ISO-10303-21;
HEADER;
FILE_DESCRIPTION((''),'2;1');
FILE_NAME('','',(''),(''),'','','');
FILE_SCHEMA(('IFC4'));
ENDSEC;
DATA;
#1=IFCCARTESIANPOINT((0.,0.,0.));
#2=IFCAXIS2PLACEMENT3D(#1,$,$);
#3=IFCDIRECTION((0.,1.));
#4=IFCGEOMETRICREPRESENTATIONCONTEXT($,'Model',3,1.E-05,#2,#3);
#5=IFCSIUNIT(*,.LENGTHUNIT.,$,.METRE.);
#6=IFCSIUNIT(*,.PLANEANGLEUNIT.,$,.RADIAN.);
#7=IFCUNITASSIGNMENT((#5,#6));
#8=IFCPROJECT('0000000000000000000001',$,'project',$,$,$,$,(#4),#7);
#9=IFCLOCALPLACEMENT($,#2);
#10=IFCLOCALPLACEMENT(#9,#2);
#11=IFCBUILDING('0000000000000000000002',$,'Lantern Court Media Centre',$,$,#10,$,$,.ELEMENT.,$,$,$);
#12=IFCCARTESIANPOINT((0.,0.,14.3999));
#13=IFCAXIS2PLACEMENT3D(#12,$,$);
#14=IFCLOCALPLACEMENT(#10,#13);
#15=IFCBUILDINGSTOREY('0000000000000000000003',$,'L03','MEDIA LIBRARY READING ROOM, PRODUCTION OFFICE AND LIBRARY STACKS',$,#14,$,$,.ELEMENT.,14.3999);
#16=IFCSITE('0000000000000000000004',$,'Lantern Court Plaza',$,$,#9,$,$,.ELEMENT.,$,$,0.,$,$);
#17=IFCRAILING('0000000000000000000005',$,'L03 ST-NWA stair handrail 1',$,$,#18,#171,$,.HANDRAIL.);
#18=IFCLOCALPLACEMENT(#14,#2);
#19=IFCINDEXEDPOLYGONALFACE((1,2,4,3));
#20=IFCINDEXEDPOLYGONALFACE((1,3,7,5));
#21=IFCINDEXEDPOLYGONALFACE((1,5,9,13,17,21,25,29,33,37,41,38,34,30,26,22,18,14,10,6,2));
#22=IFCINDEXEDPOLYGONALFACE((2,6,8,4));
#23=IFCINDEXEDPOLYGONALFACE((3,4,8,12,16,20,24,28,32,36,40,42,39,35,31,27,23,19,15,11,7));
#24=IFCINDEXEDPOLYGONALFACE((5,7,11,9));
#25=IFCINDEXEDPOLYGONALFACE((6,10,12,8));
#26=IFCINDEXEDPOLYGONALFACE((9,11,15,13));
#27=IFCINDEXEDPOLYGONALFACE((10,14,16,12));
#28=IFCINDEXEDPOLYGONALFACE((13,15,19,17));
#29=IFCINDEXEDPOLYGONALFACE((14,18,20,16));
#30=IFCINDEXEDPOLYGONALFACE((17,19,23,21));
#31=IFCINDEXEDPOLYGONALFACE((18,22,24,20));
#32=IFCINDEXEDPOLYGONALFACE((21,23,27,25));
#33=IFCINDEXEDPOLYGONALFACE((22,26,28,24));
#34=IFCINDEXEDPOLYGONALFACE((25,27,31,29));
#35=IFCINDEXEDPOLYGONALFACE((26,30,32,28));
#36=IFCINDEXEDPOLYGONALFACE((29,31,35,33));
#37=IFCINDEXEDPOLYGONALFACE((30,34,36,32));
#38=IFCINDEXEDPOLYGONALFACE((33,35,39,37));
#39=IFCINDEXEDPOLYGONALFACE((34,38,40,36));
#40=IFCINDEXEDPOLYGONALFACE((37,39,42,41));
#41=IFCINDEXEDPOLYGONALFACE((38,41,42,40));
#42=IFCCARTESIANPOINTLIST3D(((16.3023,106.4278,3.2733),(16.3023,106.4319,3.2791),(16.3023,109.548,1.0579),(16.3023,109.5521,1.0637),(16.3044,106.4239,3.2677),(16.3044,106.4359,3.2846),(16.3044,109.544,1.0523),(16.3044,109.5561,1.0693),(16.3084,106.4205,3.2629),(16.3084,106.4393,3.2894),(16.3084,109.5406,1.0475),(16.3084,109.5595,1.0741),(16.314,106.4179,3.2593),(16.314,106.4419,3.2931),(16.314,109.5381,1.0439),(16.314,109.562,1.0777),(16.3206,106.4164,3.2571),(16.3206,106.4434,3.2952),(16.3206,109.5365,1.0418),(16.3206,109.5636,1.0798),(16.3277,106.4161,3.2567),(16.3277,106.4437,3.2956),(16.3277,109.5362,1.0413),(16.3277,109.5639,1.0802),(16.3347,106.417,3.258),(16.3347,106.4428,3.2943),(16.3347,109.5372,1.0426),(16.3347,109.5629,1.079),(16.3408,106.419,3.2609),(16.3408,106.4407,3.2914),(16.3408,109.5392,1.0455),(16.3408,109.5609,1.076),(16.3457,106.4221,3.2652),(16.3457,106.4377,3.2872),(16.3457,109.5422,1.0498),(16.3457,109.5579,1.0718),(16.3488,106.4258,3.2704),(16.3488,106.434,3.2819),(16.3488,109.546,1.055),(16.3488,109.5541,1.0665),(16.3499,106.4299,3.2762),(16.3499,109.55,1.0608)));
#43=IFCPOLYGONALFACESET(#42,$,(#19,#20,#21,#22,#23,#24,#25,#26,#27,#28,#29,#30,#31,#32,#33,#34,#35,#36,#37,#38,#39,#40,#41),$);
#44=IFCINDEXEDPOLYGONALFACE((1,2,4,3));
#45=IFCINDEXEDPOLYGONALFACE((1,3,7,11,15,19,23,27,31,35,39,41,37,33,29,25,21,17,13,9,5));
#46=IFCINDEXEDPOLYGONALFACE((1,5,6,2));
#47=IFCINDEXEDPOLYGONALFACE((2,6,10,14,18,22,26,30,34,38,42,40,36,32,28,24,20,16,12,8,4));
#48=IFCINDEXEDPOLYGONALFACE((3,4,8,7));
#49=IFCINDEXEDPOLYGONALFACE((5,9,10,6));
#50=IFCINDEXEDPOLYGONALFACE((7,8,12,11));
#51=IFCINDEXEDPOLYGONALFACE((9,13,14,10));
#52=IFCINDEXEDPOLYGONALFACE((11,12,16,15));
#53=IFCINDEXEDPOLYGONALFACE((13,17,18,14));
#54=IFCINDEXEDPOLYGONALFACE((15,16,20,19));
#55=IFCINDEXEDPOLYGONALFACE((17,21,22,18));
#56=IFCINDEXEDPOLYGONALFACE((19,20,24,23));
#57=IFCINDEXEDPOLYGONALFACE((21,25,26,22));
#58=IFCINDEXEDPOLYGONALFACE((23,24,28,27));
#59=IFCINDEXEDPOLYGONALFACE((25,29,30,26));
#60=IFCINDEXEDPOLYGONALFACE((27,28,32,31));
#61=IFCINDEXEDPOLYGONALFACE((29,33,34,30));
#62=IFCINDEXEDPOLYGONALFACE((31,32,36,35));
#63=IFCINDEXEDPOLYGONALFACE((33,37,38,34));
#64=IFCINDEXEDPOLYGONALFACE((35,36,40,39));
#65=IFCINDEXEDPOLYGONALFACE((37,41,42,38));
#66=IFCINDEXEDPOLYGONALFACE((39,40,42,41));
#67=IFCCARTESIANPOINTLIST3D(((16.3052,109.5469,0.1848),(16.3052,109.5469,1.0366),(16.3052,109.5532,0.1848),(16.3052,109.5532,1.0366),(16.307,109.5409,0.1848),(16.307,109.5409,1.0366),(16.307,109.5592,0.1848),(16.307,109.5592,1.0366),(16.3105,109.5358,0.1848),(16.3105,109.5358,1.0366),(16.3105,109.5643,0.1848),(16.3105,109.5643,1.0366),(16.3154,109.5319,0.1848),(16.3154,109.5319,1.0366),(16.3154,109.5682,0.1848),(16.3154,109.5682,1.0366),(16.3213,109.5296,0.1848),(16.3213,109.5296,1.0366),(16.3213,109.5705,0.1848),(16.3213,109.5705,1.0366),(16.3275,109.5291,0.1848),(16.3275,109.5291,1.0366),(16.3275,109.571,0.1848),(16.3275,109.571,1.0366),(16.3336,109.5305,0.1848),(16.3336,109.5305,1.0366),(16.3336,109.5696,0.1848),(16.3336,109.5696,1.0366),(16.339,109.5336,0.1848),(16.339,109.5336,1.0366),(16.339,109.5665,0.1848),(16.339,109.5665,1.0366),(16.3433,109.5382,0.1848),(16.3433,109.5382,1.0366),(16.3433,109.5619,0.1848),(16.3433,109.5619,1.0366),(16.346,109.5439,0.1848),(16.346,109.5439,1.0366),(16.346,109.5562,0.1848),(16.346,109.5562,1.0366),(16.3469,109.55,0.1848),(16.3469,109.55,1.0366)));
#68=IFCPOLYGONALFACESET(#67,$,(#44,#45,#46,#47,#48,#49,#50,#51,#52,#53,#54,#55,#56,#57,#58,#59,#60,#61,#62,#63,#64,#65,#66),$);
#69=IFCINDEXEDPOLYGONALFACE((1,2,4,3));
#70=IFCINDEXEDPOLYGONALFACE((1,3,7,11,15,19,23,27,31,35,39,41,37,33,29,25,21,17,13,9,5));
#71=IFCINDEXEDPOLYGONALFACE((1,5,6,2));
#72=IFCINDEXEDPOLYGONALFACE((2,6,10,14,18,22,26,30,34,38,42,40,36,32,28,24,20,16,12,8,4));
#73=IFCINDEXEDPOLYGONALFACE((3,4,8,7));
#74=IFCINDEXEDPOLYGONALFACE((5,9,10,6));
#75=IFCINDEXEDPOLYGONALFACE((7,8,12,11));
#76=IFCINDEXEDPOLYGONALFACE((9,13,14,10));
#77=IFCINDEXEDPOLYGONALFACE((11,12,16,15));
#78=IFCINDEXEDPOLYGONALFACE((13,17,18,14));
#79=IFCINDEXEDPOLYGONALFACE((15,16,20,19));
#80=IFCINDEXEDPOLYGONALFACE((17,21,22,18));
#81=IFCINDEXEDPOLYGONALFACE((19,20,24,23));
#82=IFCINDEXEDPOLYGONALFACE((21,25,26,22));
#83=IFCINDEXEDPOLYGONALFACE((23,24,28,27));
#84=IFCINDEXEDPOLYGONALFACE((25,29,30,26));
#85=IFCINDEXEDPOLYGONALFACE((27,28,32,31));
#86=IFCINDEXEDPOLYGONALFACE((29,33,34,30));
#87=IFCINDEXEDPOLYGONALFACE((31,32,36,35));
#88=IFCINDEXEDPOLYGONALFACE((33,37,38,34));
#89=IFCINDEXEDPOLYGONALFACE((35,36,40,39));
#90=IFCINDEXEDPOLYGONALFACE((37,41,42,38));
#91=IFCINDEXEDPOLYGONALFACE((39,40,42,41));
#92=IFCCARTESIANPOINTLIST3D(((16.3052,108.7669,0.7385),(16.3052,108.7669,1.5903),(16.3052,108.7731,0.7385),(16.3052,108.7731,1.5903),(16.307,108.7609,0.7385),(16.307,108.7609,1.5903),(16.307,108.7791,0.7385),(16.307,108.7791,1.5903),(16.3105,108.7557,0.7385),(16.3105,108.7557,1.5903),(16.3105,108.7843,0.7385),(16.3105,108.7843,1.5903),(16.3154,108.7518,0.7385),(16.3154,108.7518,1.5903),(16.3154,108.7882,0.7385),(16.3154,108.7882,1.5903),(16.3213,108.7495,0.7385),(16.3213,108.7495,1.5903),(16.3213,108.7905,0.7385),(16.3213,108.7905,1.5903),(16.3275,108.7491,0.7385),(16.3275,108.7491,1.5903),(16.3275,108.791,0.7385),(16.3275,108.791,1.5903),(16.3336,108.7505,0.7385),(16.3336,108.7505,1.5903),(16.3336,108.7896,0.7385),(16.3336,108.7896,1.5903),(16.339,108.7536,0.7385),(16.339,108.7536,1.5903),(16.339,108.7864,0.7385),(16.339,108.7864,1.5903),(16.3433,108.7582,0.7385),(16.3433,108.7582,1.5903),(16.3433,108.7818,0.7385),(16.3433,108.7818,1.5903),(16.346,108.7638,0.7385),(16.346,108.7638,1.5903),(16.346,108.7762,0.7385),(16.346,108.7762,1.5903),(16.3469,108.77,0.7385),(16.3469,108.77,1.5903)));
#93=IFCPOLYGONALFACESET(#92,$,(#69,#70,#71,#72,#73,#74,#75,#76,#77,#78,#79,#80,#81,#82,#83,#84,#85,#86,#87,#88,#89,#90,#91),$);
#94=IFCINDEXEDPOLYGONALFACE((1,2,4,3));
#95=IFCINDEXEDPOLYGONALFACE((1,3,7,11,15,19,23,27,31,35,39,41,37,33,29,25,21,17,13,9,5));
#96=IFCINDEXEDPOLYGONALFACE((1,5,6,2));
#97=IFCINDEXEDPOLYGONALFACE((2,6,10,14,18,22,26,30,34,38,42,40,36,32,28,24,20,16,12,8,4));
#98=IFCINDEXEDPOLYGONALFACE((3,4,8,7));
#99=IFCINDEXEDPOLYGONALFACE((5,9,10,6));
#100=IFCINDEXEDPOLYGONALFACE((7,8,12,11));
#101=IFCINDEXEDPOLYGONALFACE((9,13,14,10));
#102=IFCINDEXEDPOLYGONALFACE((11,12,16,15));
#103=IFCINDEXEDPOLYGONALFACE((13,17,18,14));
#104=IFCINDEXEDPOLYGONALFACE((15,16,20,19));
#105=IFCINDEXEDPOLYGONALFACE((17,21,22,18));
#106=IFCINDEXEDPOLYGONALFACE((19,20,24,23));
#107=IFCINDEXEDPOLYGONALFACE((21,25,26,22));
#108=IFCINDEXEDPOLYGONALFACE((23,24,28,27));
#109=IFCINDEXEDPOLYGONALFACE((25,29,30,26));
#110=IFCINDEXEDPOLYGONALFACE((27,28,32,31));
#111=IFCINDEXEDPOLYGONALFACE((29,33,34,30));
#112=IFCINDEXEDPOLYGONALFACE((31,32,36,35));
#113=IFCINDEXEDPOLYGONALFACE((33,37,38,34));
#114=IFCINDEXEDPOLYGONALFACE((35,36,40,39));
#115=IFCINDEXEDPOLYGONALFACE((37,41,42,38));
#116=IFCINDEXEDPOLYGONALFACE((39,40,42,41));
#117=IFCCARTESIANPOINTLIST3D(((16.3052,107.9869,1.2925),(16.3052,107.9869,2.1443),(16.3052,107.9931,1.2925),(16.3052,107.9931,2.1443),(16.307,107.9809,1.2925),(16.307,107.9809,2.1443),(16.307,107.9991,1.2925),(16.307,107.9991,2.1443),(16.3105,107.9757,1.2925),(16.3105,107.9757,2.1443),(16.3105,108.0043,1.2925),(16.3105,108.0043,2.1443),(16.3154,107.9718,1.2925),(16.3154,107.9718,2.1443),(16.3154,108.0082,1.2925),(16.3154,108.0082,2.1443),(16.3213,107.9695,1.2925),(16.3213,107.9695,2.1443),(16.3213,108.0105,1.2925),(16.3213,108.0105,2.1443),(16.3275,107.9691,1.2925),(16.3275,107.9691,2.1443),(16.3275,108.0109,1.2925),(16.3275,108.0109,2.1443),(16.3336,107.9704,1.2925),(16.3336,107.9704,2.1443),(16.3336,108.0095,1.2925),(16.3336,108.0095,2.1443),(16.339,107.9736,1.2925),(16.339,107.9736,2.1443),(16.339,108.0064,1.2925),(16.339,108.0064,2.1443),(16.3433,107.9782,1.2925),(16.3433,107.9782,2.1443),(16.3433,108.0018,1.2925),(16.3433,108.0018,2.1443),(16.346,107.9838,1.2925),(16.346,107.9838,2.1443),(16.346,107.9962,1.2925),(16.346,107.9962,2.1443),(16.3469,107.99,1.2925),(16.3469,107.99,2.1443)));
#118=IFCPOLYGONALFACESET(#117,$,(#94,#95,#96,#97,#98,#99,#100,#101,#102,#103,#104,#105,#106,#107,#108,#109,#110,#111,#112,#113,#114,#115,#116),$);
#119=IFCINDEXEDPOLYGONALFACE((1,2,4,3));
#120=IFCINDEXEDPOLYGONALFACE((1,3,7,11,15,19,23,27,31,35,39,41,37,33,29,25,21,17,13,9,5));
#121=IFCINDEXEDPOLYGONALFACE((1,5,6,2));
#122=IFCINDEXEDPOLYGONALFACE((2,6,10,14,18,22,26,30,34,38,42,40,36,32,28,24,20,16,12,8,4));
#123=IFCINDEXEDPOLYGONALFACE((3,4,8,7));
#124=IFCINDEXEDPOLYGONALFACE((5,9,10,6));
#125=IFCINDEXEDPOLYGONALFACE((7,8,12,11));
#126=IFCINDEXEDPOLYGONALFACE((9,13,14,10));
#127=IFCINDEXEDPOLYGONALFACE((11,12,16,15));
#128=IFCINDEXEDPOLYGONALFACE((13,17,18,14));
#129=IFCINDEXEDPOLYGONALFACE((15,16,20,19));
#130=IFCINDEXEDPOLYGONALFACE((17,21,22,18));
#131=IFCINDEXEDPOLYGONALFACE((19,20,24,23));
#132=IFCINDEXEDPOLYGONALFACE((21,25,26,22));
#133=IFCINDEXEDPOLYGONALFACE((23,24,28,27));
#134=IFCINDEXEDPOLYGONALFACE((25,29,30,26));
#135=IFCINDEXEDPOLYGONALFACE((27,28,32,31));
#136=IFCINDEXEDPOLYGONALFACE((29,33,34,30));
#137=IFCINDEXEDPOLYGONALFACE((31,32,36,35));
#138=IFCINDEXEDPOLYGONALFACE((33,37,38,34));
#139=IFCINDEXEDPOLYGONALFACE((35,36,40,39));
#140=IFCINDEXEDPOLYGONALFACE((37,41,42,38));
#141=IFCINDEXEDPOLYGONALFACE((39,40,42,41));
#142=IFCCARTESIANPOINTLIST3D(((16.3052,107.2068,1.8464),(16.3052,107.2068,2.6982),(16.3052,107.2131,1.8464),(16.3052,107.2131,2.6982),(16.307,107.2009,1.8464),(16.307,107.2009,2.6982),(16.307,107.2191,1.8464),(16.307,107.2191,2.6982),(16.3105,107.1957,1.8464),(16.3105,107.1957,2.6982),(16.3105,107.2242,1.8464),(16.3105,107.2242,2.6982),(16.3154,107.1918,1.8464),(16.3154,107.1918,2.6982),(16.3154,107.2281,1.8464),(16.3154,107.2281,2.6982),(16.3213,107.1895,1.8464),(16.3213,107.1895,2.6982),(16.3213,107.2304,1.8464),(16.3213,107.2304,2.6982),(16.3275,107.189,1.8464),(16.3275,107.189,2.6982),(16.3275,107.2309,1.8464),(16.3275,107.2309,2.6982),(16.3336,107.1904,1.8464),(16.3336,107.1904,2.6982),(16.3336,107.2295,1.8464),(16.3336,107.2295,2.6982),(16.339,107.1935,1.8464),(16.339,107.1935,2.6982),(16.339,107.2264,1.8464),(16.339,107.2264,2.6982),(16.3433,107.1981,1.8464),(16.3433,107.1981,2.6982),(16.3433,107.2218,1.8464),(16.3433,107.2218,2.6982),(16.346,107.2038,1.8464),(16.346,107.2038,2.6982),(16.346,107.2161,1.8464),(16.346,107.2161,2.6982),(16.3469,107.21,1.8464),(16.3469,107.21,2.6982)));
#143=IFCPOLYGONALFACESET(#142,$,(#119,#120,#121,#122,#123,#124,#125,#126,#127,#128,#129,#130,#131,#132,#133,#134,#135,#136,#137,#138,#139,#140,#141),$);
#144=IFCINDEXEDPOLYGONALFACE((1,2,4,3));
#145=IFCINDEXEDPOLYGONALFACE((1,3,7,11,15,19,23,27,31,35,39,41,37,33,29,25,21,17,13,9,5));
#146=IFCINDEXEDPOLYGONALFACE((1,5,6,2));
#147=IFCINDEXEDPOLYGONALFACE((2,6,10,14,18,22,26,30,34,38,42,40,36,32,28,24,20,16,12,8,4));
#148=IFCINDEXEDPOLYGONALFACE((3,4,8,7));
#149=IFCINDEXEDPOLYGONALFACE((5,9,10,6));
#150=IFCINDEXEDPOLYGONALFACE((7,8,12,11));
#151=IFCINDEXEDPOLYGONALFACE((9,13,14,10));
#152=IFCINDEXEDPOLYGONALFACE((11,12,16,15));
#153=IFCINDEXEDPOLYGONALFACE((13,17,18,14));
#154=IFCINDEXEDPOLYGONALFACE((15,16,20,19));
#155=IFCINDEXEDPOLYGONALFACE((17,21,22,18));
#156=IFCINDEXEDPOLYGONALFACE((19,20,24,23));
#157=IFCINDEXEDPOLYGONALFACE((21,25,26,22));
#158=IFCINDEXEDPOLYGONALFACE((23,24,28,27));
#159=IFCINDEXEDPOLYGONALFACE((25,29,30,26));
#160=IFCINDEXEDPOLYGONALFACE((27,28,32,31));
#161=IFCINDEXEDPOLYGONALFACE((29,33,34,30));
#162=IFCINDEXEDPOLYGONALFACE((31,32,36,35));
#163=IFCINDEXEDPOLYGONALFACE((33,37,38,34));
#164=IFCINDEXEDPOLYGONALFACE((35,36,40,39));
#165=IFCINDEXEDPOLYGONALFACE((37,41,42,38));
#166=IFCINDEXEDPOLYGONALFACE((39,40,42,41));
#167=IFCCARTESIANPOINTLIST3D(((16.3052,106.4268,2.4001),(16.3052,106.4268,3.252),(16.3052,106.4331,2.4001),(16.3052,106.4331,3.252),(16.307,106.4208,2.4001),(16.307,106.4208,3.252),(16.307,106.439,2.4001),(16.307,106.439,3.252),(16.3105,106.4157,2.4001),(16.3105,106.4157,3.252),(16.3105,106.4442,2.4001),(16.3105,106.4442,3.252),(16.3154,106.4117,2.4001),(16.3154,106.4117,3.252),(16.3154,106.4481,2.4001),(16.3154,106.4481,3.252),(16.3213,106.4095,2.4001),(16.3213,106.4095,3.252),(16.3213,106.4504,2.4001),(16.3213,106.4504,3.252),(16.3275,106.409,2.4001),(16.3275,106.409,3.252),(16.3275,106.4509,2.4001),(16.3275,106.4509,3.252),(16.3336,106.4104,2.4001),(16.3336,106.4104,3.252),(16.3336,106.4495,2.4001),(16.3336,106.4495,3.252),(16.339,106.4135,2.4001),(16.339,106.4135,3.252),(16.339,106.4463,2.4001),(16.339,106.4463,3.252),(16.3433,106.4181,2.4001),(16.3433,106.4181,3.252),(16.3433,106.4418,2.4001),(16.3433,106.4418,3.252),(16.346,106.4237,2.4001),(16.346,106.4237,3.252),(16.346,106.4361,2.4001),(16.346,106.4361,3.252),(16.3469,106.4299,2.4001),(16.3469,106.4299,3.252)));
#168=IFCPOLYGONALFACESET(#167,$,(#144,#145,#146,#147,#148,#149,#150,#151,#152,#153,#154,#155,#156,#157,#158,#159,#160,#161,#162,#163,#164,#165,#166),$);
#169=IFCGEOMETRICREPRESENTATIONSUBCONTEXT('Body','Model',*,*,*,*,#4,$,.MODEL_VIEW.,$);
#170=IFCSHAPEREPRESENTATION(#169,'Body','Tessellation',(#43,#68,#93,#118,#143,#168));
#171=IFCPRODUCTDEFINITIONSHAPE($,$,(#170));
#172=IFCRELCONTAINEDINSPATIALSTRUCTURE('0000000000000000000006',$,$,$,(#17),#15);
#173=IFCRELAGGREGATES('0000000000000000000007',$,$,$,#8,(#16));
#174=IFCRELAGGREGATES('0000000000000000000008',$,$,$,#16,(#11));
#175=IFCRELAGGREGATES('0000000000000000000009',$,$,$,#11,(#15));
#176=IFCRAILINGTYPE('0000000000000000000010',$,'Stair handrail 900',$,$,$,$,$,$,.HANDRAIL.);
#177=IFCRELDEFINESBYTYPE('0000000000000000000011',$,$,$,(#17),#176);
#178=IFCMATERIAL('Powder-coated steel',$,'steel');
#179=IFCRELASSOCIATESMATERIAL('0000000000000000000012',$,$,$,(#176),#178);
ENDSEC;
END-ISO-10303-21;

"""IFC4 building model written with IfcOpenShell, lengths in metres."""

from ifc_helpers import new_model, si_unit, direction, frame, origin, origin_2d, place, context, subcontext, project, spatial, circle, extrude, material, type_object, element, save


model = new_model("IFC4")

# Units and contexts
model_context = context("Model", 3, precision=1e-05, world=origin(), true_north=direction((0.0, 1.0)))
body_context = subcontext(model_context, "Body", "Model", "MODEL_VIEW")
ifc_project = project(units=[si_unit("LENGTHUNIT", "METRE"), si_unit("PLANEANGLEUNIT", "RADIAN")], contexts=[model_context])

# Site, building, storey
site_placement = place(None, origin())
site = spatial("IfcSite", under=ifc_project, at=site_placement, Name="Lantern Court Plaza", CompositionType="ELEMENT", RefElevation=0.0)
building_placement = place(site_placement, origin())
building = spatial("IfcBuilding", under=site, at=building_placement, Name="Lantern Court Media Centre", CompositionType="ELEMENT")
storey_placement = place(building_placement, frame((0.0, 0.0, 14.3999)))
storey = spatial("IfcBuildingStorey", under=building, at=storey_placement, Name="L03", Description="MEDIA LIBRARY READING ROOM, PRODUCTION OFFICE AND LIBRARY STACKS", CompositionType="ELEMENT", Elevation=14.3999)

# Shared definitions
ifc_material_1 = material(Name="Powder-coated steel", Category="steel")

# Railing
railing_type_1 = type_object("IfcRailingType", Name="Stair handrail 900", PredefinedType="HANDRAIL", material=ifc_material_1)
railing_1_placement = place(storey_placement, frame((16.3259, 109.55, 0.1848)))
element("IfcRailing", 1, at=railing_1_placement, inside=storey, type_object=railing_type_1, Name="L03 ST-NWA stair handrail 1", PredefinedType="HANDRAIL", context=body_context, shape_type="SweptSolid", body=[
    extrude(circle(Radius=0.0239, at=origin_2d()), frame((0.0, 0.0, 0.876), z_axis=(0.0, -0.815377, 0.57893), x_axis=(1.0, 0.0, 0.0)), (0.0, 0.0, 1.0), 3.8267),
    extrude(circle(Radius=0.021, at=origin_2d()), origin(), (0.0, 0.0, 1.0), 0.8518),
    extrude(circle(Radius=0.021, at=origin_2d()), frame((0.0, -0.78, 0.5537)), (0.0, 0.0, 1.0), 0.8518),
    extrude(circle(Radius=0.021, at=origin_2d()), frame((0.0, -1.5601, 1.1077)), (0.0, 0.0, 1.0), 0.8518),
    extrude(circle(Radius=0.021, at=origin_2d()), frame((0.0, -2.3401, 1.6616)), (0.0, 0.0, 1.0), 0.8518),
    extrude(circle(Radius=0.021, at=origin_2d()), frame((0.0, -3.1201, 2.2153)), (0.0, 0.0, 1.0), 0.8518),
])

save(model, "model.ifc")
